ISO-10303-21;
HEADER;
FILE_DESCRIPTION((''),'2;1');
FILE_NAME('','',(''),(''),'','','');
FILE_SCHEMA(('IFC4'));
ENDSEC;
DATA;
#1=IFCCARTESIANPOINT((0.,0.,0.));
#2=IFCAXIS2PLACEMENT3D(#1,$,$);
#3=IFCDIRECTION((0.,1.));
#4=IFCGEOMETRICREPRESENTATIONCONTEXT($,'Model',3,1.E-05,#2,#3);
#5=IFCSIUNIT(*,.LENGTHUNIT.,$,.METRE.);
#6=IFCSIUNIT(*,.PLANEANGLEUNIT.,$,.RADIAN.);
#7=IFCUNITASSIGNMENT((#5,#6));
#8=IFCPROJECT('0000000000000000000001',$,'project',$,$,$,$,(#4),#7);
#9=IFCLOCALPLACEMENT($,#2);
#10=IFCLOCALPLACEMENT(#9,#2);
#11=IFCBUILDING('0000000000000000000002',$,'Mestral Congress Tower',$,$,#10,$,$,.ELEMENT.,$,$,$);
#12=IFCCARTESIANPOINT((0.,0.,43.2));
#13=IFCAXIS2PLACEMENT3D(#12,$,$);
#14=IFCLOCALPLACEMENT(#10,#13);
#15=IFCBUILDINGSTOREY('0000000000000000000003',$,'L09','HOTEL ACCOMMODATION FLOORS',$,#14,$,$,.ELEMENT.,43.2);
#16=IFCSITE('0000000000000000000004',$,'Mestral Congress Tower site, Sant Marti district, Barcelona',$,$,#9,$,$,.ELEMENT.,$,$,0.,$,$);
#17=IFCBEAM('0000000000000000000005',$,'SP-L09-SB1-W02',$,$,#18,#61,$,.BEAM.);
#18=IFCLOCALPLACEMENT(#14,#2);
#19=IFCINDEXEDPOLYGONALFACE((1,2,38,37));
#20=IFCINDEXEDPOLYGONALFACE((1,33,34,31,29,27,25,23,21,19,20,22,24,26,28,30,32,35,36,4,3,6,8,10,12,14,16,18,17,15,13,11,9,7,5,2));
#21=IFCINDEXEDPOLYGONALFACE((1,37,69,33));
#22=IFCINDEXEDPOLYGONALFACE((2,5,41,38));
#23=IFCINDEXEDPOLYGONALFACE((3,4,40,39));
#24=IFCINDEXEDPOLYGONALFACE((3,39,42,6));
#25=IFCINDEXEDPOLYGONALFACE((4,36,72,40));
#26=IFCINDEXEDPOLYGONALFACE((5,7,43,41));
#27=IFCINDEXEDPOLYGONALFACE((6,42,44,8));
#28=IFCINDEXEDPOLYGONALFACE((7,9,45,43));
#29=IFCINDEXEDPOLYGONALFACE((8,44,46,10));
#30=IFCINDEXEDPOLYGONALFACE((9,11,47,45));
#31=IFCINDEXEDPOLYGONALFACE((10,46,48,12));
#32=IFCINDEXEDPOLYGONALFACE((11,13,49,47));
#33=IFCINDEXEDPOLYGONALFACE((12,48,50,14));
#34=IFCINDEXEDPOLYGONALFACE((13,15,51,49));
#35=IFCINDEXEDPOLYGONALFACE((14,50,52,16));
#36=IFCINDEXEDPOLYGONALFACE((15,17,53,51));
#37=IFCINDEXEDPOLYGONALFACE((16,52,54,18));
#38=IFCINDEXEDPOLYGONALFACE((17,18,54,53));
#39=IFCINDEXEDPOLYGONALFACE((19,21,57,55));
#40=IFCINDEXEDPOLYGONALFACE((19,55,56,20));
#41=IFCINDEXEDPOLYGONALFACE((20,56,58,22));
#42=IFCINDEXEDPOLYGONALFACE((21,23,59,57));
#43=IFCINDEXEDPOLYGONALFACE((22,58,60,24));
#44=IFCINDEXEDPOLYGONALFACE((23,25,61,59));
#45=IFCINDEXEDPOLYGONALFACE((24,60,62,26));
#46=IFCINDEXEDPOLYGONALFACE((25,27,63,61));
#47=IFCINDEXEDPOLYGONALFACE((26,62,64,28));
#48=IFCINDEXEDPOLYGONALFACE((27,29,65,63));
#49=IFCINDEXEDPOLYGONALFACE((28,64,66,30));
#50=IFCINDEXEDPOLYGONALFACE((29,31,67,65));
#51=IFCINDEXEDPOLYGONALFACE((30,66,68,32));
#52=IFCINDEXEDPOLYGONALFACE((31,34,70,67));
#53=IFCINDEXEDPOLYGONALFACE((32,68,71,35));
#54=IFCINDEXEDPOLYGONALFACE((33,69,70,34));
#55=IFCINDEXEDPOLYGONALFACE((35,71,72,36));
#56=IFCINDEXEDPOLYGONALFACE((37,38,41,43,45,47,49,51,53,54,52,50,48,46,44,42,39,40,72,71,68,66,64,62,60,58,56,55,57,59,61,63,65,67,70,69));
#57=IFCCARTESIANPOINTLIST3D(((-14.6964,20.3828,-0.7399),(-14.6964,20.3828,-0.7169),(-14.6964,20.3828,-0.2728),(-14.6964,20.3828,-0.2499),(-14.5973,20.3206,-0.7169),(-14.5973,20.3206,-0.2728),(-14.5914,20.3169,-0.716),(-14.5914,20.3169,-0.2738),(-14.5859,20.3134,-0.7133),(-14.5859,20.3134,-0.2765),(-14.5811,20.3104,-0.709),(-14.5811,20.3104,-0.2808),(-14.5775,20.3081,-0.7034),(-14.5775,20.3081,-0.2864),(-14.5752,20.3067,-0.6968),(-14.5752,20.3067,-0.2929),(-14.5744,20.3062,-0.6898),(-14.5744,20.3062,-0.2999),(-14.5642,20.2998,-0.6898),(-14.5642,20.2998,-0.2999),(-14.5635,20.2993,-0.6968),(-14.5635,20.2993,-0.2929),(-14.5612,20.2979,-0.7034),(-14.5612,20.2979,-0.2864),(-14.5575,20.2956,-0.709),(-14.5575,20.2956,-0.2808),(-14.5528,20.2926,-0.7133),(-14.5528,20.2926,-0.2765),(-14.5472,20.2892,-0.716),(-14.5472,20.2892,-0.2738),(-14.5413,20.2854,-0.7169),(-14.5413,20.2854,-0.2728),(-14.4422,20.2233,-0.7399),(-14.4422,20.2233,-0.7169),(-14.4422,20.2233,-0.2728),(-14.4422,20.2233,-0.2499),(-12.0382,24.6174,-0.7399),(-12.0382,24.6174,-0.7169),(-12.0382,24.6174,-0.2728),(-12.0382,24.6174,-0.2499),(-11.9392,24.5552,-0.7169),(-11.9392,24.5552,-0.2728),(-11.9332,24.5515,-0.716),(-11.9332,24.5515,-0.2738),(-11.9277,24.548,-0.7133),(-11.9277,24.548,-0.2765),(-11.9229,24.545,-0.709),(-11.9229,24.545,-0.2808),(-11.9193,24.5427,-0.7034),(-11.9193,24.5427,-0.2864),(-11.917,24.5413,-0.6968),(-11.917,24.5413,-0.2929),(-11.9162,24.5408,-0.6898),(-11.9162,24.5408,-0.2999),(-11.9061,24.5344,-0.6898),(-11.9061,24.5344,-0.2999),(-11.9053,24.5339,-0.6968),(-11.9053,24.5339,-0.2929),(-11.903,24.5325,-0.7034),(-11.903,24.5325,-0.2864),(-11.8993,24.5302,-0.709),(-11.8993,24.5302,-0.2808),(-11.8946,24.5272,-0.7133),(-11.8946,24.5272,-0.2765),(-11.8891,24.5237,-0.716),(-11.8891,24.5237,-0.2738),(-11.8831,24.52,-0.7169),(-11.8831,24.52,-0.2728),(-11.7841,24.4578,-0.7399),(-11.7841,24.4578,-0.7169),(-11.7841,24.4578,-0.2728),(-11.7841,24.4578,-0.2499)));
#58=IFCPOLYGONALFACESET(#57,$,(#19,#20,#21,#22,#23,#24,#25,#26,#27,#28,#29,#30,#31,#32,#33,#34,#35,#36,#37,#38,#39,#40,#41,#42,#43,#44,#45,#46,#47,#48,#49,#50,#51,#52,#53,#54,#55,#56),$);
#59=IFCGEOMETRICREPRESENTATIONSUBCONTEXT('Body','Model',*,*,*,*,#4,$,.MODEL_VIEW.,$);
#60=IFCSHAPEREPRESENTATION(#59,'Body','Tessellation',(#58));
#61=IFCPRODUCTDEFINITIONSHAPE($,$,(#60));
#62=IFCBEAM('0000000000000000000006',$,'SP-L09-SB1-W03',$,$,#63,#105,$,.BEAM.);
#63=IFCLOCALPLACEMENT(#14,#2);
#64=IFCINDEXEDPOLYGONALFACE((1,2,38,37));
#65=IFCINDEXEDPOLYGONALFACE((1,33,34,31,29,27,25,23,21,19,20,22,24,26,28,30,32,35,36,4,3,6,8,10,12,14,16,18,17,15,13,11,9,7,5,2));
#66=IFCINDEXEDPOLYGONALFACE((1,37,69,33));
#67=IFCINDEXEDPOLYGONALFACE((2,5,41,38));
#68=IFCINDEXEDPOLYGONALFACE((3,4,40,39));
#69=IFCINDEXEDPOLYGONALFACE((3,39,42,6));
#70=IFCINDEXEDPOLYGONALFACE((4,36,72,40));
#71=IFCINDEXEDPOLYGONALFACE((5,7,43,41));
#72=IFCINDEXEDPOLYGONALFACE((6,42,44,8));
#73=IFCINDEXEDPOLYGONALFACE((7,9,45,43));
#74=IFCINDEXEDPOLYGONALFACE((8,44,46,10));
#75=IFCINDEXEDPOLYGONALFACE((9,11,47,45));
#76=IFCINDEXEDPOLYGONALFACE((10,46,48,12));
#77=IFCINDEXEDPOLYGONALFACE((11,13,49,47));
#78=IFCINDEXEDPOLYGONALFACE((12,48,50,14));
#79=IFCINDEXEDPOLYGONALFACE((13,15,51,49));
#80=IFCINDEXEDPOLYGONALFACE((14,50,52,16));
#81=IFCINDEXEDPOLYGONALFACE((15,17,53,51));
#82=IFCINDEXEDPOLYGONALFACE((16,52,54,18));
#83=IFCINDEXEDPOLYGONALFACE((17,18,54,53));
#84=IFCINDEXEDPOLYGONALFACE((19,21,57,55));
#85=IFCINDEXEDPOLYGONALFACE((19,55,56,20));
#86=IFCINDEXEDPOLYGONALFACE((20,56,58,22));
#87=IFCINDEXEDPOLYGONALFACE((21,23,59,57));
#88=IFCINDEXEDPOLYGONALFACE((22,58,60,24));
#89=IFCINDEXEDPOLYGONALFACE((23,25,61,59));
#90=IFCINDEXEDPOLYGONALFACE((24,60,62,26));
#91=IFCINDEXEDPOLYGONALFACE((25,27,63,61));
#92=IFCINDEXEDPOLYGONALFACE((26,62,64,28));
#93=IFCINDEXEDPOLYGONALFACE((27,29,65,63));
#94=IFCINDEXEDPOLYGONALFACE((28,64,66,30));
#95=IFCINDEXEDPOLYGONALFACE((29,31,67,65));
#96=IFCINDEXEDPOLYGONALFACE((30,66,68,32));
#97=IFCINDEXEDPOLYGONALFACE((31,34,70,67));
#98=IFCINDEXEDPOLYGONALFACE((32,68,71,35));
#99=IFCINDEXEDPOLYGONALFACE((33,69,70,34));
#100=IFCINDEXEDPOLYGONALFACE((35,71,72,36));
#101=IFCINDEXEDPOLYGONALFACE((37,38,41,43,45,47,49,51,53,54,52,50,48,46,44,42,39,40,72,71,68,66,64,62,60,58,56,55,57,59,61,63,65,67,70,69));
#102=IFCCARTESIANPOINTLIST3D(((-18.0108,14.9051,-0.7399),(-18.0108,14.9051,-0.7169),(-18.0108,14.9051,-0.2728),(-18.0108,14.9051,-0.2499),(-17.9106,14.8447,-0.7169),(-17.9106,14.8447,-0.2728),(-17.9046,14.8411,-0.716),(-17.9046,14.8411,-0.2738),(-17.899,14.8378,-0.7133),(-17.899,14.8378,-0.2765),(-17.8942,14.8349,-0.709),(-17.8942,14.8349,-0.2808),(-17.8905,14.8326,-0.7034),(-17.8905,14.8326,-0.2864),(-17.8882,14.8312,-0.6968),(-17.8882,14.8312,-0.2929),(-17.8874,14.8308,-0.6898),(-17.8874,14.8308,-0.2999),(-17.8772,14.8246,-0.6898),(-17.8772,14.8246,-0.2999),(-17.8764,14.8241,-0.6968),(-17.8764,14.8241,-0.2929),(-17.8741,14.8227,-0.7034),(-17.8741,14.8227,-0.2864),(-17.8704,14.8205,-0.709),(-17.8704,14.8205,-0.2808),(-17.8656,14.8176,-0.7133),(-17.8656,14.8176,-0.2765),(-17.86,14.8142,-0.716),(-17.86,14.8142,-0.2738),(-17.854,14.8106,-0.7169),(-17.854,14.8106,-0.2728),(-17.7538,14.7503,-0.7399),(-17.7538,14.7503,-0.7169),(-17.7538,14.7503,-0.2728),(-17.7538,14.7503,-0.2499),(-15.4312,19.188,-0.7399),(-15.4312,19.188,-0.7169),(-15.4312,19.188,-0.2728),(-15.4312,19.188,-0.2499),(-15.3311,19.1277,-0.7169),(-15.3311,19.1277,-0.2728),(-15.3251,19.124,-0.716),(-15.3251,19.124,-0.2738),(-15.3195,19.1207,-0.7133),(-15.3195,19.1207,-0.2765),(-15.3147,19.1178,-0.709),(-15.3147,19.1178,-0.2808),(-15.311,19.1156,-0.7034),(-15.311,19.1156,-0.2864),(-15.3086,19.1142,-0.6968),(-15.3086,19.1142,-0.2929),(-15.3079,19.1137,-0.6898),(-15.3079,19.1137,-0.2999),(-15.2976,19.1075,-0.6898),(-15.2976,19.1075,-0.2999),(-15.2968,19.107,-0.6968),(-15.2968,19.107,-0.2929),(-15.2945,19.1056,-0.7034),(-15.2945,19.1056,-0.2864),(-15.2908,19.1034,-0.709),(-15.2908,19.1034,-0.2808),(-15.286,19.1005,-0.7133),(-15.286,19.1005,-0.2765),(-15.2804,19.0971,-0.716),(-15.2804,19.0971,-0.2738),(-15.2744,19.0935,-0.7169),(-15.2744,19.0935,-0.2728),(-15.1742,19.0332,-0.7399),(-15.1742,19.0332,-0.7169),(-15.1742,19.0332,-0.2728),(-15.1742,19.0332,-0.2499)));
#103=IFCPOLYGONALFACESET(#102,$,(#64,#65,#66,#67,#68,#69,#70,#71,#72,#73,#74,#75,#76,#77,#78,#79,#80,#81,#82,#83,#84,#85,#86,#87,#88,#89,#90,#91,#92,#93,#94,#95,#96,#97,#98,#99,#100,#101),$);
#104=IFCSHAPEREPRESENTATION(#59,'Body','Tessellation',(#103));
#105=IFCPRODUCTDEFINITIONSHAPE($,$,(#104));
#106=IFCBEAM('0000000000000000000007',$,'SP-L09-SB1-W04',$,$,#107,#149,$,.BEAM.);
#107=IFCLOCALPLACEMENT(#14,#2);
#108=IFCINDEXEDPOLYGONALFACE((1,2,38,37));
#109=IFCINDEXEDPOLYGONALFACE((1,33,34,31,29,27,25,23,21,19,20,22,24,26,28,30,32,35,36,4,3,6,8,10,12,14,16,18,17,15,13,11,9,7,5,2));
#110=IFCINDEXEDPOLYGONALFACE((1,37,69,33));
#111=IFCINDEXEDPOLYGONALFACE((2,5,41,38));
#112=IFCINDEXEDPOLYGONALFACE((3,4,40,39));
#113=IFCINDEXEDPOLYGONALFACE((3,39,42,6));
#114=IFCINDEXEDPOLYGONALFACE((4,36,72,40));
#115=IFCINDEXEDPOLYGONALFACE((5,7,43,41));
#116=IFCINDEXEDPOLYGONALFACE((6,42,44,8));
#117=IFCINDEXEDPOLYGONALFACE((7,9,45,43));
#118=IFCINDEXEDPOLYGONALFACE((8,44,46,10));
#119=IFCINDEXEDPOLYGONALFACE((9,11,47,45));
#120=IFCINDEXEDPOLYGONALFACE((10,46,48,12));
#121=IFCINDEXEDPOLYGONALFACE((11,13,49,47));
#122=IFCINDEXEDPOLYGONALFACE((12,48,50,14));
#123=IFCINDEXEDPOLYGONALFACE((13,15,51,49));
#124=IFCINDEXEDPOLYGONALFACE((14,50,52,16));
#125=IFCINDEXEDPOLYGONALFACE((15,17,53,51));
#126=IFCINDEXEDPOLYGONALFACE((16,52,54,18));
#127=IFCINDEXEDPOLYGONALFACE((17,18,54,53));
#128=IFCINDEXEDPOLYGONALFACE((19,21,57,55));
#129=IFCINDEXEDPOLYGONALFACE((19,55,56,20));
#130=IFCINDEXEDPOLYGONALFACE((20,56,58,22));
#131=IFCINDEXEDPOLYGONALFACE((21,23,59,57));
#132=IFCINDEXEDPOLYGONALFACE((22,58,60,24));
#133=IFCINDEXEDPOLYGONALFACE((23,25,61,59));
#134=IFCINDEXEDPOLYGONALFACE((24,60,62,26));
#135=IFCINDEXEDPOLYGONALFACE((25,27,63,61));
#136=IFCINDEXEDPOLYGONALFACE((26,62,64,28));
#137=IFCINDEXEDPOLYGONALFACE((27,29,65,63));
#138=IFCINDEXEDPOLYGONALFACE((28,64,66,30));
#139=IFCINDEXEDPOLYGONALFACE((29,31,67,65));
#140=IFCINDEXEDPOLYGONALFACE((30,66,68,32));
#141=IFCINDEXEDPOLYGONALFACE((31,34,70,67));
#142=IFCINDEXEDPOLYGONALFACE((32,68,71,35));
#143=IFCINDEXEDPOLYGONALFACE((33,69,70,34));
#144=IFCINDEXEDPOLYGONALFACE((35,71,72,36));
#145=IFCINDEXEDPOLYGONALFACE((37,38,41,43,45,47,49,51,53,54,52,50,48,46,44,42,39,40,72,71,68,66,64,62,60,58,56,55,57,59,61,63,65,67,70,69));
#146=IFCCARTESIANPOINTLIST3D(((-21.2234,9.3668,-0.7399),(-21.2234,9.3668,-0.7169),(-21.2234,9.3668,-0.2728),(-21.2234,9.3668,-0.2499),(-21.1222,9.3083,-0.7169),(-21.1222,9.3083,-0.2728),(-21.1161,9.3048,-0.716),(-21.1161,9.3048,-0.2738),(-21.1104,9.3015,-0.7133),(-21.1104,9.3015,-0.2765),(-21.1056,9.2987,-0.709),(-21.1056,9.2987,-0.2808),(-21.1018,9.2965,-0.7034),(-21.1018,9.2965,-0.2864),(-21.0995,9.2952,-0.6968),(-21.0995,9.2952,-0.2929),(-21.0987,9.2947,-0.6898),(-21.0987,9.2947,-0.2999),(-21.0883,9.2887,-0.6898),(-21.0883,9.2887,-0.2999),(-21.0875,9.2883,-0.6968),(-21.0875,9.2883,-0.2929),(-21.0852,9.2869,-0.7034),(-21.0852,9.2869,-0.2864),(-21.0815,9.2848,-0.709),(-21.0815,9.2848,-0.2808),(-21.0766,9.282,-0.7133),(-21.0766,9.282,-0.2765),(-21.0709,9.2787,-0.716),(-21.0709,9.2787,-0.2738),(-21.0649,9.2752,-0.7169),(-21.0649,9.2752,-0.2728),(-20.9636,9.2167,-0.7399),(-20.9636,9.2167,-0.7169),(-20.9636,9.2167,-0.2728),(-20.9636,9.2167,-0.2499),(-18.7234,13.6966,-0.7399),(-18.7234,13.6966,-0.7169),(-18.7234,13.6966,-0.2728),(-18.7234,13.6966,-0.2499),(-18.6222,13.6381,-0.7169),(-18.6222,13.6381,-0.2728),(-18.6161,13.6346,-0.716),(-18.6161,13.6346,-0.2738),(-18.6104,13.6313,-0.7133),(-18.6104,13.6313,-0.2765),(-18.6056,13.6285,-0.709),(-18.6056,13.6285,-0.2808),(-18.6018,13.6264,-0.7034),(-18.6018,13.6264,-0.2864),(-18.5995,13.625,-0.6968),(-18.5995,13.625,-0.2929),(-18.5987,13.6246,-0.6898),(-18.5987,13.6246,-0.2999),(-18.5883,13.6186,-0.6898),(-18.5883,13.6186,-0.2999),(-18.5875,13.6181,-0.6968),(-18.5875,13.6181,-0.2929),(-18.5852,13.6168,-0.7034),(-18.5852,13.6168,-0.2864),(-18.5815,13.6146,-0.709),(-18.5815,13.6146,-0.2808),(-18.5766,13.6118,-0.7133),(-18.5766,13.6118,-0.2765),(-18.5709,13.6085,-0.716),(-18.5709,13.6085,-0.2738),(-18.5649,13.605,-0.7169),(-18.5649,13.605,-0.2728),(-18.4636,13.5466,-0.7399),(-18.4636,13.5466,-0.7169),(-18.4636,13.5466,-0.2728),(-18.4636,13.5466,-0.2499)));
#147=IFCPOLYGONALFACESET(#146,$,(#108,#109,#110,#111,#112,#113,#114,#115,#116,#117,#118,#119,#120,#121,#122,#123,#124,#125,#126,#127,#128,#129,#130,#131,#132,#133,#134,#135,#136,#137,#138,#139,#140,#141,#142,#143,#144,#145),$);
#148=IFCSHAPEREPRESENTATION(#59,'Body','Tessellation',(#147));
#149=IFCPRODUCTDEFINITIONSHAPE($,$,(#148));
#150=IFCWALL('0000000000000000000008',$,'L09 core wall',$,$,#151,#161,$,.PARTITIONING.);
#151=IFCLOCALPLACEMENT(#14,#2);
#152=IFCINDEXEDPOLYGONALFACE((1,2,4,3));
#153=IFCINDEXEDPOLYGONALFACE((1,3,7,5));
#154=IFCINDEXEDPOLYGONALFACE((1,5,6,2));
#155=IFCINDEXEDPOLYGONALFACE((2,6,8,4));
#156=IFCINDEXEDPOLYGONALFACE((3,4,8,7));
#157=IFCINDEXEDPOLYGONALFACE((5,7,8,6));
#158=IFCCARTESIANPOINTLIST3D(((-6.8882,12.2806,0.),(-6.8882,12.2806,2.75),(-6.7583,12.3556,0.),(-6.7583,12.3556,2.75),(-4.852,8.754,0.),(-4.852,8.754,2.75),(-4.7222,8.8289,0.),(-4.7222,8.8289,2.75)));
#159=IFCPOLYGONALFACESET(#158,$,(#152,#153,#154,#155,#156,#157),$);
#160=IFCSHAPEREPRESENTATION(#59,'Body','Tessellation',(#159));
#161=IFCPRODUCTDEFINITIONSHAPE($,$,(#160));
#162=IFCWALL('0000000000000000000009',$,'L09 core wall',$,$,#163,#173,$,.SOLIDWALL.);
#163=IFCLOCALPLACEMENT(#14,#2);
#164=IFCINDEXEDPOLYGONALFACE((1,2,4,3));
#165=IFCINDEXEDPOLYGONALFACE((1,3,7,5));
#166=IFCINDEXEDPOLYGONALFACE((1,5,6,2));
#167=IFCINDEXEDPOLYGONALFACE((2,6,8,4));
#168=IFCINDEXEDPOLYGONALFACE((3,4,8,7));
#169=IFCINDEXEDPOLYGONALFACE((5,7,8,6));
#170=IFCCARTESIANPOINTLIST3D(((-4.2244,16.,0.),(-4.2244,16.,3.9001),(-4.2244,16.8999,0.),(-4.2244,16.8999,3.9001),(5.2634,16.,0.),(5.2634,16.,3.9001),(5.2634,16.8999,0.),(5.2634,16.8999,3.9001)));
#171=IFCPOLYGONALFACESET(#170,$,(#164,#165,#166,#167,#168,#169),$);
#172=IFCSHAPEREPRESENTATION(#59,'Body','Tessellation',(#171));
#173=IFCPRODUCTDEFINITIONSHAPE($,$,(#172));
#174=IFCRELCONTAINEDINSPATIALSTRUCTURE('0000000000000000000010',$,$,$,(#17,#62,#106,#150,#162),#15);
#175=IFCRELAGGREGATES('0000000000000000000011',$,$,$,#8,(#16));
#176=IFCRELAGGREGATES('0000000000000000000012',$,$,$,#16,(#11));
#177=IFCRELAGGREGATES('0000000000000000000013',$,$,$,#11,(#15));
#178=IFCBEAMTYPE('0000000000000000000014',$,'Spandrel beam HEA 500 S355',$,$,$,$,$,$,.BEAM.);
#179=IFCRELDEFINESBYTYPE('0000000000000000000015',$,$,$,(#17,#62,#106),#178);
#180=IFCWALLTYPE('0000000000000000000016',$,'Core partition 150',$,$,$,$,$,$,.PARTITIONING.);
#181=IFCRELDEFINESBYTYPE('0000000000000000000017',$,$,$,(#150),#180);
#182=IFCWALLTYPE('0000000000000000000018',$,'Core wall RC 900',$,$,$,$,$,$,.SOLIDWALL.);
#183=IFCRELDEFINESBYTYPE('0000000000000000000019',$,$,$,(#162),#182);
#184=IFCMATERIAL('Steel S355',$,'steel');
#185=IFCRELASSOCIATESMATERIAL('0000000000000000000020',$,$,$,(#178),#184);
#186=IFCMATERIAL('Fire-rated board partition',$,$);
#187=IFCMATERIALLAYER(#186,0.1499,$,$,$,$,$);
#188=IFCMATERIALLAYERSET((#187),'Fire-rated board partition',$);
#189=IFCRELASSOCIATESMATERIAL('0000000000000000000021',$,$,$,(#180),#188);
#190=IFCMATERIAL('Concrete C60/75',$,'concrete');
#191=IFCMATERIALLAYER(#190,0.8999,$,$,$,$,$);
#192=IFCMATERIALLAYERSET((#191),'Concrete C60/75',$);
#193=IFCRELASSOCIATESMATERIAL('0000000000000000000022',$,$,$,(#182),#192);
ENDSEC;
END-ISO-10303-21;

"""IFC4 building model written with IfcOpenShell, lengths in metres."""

from ifc_helpers import new_model, si_unit, direction, frame, frame_2d, origin, origin_2d, place, context, subcontext, project, spatial, rectangle, i_section, extrude, material, layer, layer_set, material_profile, profile_set, type_object, element, save


model = new_model("IFC4")

# Units and contexts
model_context = context("Model", 3, precision=1e-05, world=origin(), true_north=direction((0.0, 1.0)))
body_context = subcontext(model_context, "Body", "Model", "MODEL_VIEW")
ifc_project = project(units=[si_unit("LENGTHUNIT", "METRE"), si_unit("PLANEANGLEUNIT", "RADIAN")], contexts=[model_context])

# Site, building, storey
site_placement = place(None, origin())
site = spatial("IfcSite", under=ifc_project, at=site_placement, Name="Mestral Congress Tower site, Sant Marti district, Barcelona", CompositionType="ELEMENT", RefElevation=0.0)
building_placement = place(site_placement, origin())
building = spatial("IfcBuilding", under=site, at=building_placement, Name="Mestral Congress Tower", CompositionType="ELEMENT")
storey_placement = place(building_placement, frame((0.0, 0.0, 43.2)))
storey = spatial("IfcBuildingStorey", under=building, at=storey_placement, Name="L09", Description="HOTEL ACCOMMODATION FLOORS", CompositionType="ELEMENT", Elevation=43.2)

# Beams
ifc_material_1 = material(Name="Steel S355", Category="steel")
ifc_material_profile_1 = material_profile(ifc_material_1, i_section(OverallWidth=0.3, OverallDepth=0.49, WebThickness=0.012, FlangeThickness=0.0229, FilletRadius=0.0271, at=origin_2d()), Name="HEA 500")
ifc_profile_set_1 = profile_set([ifc_material_profile_1], Name="Steel S355")
beam_type_1 = type_object("IfcBeamType", Name="Spandrel beam HEA 500 S355", PredefinedType="BEAM", material=ifc_profile_set_1)
for number, where, z_axis, x_axis, name in (
    (1, (-11.9111, 24.5376, -0.4949), (-0.531661, -0.846957, 0.0), (0.846957, -0.531661, 0.0), "SP-L09-SB1-W02"),
    (2, (-15.3027, 19.1106, -0.4949), (-0.515938, -0.856626, 0.0), (0.856626, -0.515938, 0.0), "SP-L09-SB1-W03"),
    (3, (-18.5935, 13.6216, -0.4949), (-0.500025, -0.866011, 0.0), (0.866011, -0.500025, 0.0), "SP-L09-SB1-W04"),
):
    element("IfcBeam", number, at=place(storey_placement, frame(where, z_axis=z_axis, x_axis=x_axis)), inside=storey, type_object=beam_type_1, Name=name, PredefinedType="BEAM", context=body_context, shape_type="SweptSolid", body=[
        extrude(i_section(OverallWidth=0.3, OverallDepth=0.49, WebThickness=0.012, FlangeThickness=0.0229, FilletRadius=0.0271, at=origin_2d()), origin(), (0.0, 0.0, 1.0), 4.9998),
    ])

# Walls
ifc_material_2 = material(Name="Fire-rated board partition")
ifc_layer_1 = layer(ifc_material_2, 0.1499)
ifc_layer_set_1 = layer_set([ifc_layer_1], Name="Fire-rated board partition")
wall_type_1 = type_object("IfcWallType", Name="Core partition 150", PredefinedType="PARTITIONING", material=ifc_layer_set_1)
wall_1_placement = place(storey_placement, frame((-6.8232, 12.3181, 0.0), z_axis=(0.0, 0.0, 1.0), x_axis=(0.500008, -0.866021, 0.0)))
element("IfcWall", 4, at=wall_1_placement, inside=storey, type_object=wall_type_1, Name="L09 core wall", PredefinedType="PARTITIONING", context=body_context, shape_type="SweptSolid", body=[
    extrude(rectangle(XDim=4.0723, YDim=0.1499, at=frame_2d((2.0361, 0.0))), origin(), (0.0, 0.0, 1.0), 2.75),
])
ifc_material_3 = material(Name="Concrete C60/75", Category="concrete")
ifc_layer_2 = layer(ifc_material_3, 0.8999)
ifc_layer_set_2 = layer_set([ifc_layer_2], Name="Concrete C60/75")
wall_type_2 = type_object("IfcWallType", Name="Core wall RC 900", PredefinedType="SOLIDWALL", material=ifc_layer_set_2)
wall_2_placement = place(storey_placement, frame((-4.2244, 16.45, 0.0), z_axis=(0.0, 0.0, 1.0), x_axis=(1.0, 0.0, 0.0)))
element("IfcWall", 5, at=wall_2_placement, inside=storey, type_object=wall_type_2, Name="L09 core wall", PredefinedType="SOLIDWALL", context=body_context, shape_type="SweptSolid", body=[
    extrude(rectangle(XDim=9.4878, YDim=0.8999, at=frame_2d((4.7439, 0.0))), origin(), (0.0, 0.0, 1.0), 3.9001),
])

save(model, "model.ifc")
